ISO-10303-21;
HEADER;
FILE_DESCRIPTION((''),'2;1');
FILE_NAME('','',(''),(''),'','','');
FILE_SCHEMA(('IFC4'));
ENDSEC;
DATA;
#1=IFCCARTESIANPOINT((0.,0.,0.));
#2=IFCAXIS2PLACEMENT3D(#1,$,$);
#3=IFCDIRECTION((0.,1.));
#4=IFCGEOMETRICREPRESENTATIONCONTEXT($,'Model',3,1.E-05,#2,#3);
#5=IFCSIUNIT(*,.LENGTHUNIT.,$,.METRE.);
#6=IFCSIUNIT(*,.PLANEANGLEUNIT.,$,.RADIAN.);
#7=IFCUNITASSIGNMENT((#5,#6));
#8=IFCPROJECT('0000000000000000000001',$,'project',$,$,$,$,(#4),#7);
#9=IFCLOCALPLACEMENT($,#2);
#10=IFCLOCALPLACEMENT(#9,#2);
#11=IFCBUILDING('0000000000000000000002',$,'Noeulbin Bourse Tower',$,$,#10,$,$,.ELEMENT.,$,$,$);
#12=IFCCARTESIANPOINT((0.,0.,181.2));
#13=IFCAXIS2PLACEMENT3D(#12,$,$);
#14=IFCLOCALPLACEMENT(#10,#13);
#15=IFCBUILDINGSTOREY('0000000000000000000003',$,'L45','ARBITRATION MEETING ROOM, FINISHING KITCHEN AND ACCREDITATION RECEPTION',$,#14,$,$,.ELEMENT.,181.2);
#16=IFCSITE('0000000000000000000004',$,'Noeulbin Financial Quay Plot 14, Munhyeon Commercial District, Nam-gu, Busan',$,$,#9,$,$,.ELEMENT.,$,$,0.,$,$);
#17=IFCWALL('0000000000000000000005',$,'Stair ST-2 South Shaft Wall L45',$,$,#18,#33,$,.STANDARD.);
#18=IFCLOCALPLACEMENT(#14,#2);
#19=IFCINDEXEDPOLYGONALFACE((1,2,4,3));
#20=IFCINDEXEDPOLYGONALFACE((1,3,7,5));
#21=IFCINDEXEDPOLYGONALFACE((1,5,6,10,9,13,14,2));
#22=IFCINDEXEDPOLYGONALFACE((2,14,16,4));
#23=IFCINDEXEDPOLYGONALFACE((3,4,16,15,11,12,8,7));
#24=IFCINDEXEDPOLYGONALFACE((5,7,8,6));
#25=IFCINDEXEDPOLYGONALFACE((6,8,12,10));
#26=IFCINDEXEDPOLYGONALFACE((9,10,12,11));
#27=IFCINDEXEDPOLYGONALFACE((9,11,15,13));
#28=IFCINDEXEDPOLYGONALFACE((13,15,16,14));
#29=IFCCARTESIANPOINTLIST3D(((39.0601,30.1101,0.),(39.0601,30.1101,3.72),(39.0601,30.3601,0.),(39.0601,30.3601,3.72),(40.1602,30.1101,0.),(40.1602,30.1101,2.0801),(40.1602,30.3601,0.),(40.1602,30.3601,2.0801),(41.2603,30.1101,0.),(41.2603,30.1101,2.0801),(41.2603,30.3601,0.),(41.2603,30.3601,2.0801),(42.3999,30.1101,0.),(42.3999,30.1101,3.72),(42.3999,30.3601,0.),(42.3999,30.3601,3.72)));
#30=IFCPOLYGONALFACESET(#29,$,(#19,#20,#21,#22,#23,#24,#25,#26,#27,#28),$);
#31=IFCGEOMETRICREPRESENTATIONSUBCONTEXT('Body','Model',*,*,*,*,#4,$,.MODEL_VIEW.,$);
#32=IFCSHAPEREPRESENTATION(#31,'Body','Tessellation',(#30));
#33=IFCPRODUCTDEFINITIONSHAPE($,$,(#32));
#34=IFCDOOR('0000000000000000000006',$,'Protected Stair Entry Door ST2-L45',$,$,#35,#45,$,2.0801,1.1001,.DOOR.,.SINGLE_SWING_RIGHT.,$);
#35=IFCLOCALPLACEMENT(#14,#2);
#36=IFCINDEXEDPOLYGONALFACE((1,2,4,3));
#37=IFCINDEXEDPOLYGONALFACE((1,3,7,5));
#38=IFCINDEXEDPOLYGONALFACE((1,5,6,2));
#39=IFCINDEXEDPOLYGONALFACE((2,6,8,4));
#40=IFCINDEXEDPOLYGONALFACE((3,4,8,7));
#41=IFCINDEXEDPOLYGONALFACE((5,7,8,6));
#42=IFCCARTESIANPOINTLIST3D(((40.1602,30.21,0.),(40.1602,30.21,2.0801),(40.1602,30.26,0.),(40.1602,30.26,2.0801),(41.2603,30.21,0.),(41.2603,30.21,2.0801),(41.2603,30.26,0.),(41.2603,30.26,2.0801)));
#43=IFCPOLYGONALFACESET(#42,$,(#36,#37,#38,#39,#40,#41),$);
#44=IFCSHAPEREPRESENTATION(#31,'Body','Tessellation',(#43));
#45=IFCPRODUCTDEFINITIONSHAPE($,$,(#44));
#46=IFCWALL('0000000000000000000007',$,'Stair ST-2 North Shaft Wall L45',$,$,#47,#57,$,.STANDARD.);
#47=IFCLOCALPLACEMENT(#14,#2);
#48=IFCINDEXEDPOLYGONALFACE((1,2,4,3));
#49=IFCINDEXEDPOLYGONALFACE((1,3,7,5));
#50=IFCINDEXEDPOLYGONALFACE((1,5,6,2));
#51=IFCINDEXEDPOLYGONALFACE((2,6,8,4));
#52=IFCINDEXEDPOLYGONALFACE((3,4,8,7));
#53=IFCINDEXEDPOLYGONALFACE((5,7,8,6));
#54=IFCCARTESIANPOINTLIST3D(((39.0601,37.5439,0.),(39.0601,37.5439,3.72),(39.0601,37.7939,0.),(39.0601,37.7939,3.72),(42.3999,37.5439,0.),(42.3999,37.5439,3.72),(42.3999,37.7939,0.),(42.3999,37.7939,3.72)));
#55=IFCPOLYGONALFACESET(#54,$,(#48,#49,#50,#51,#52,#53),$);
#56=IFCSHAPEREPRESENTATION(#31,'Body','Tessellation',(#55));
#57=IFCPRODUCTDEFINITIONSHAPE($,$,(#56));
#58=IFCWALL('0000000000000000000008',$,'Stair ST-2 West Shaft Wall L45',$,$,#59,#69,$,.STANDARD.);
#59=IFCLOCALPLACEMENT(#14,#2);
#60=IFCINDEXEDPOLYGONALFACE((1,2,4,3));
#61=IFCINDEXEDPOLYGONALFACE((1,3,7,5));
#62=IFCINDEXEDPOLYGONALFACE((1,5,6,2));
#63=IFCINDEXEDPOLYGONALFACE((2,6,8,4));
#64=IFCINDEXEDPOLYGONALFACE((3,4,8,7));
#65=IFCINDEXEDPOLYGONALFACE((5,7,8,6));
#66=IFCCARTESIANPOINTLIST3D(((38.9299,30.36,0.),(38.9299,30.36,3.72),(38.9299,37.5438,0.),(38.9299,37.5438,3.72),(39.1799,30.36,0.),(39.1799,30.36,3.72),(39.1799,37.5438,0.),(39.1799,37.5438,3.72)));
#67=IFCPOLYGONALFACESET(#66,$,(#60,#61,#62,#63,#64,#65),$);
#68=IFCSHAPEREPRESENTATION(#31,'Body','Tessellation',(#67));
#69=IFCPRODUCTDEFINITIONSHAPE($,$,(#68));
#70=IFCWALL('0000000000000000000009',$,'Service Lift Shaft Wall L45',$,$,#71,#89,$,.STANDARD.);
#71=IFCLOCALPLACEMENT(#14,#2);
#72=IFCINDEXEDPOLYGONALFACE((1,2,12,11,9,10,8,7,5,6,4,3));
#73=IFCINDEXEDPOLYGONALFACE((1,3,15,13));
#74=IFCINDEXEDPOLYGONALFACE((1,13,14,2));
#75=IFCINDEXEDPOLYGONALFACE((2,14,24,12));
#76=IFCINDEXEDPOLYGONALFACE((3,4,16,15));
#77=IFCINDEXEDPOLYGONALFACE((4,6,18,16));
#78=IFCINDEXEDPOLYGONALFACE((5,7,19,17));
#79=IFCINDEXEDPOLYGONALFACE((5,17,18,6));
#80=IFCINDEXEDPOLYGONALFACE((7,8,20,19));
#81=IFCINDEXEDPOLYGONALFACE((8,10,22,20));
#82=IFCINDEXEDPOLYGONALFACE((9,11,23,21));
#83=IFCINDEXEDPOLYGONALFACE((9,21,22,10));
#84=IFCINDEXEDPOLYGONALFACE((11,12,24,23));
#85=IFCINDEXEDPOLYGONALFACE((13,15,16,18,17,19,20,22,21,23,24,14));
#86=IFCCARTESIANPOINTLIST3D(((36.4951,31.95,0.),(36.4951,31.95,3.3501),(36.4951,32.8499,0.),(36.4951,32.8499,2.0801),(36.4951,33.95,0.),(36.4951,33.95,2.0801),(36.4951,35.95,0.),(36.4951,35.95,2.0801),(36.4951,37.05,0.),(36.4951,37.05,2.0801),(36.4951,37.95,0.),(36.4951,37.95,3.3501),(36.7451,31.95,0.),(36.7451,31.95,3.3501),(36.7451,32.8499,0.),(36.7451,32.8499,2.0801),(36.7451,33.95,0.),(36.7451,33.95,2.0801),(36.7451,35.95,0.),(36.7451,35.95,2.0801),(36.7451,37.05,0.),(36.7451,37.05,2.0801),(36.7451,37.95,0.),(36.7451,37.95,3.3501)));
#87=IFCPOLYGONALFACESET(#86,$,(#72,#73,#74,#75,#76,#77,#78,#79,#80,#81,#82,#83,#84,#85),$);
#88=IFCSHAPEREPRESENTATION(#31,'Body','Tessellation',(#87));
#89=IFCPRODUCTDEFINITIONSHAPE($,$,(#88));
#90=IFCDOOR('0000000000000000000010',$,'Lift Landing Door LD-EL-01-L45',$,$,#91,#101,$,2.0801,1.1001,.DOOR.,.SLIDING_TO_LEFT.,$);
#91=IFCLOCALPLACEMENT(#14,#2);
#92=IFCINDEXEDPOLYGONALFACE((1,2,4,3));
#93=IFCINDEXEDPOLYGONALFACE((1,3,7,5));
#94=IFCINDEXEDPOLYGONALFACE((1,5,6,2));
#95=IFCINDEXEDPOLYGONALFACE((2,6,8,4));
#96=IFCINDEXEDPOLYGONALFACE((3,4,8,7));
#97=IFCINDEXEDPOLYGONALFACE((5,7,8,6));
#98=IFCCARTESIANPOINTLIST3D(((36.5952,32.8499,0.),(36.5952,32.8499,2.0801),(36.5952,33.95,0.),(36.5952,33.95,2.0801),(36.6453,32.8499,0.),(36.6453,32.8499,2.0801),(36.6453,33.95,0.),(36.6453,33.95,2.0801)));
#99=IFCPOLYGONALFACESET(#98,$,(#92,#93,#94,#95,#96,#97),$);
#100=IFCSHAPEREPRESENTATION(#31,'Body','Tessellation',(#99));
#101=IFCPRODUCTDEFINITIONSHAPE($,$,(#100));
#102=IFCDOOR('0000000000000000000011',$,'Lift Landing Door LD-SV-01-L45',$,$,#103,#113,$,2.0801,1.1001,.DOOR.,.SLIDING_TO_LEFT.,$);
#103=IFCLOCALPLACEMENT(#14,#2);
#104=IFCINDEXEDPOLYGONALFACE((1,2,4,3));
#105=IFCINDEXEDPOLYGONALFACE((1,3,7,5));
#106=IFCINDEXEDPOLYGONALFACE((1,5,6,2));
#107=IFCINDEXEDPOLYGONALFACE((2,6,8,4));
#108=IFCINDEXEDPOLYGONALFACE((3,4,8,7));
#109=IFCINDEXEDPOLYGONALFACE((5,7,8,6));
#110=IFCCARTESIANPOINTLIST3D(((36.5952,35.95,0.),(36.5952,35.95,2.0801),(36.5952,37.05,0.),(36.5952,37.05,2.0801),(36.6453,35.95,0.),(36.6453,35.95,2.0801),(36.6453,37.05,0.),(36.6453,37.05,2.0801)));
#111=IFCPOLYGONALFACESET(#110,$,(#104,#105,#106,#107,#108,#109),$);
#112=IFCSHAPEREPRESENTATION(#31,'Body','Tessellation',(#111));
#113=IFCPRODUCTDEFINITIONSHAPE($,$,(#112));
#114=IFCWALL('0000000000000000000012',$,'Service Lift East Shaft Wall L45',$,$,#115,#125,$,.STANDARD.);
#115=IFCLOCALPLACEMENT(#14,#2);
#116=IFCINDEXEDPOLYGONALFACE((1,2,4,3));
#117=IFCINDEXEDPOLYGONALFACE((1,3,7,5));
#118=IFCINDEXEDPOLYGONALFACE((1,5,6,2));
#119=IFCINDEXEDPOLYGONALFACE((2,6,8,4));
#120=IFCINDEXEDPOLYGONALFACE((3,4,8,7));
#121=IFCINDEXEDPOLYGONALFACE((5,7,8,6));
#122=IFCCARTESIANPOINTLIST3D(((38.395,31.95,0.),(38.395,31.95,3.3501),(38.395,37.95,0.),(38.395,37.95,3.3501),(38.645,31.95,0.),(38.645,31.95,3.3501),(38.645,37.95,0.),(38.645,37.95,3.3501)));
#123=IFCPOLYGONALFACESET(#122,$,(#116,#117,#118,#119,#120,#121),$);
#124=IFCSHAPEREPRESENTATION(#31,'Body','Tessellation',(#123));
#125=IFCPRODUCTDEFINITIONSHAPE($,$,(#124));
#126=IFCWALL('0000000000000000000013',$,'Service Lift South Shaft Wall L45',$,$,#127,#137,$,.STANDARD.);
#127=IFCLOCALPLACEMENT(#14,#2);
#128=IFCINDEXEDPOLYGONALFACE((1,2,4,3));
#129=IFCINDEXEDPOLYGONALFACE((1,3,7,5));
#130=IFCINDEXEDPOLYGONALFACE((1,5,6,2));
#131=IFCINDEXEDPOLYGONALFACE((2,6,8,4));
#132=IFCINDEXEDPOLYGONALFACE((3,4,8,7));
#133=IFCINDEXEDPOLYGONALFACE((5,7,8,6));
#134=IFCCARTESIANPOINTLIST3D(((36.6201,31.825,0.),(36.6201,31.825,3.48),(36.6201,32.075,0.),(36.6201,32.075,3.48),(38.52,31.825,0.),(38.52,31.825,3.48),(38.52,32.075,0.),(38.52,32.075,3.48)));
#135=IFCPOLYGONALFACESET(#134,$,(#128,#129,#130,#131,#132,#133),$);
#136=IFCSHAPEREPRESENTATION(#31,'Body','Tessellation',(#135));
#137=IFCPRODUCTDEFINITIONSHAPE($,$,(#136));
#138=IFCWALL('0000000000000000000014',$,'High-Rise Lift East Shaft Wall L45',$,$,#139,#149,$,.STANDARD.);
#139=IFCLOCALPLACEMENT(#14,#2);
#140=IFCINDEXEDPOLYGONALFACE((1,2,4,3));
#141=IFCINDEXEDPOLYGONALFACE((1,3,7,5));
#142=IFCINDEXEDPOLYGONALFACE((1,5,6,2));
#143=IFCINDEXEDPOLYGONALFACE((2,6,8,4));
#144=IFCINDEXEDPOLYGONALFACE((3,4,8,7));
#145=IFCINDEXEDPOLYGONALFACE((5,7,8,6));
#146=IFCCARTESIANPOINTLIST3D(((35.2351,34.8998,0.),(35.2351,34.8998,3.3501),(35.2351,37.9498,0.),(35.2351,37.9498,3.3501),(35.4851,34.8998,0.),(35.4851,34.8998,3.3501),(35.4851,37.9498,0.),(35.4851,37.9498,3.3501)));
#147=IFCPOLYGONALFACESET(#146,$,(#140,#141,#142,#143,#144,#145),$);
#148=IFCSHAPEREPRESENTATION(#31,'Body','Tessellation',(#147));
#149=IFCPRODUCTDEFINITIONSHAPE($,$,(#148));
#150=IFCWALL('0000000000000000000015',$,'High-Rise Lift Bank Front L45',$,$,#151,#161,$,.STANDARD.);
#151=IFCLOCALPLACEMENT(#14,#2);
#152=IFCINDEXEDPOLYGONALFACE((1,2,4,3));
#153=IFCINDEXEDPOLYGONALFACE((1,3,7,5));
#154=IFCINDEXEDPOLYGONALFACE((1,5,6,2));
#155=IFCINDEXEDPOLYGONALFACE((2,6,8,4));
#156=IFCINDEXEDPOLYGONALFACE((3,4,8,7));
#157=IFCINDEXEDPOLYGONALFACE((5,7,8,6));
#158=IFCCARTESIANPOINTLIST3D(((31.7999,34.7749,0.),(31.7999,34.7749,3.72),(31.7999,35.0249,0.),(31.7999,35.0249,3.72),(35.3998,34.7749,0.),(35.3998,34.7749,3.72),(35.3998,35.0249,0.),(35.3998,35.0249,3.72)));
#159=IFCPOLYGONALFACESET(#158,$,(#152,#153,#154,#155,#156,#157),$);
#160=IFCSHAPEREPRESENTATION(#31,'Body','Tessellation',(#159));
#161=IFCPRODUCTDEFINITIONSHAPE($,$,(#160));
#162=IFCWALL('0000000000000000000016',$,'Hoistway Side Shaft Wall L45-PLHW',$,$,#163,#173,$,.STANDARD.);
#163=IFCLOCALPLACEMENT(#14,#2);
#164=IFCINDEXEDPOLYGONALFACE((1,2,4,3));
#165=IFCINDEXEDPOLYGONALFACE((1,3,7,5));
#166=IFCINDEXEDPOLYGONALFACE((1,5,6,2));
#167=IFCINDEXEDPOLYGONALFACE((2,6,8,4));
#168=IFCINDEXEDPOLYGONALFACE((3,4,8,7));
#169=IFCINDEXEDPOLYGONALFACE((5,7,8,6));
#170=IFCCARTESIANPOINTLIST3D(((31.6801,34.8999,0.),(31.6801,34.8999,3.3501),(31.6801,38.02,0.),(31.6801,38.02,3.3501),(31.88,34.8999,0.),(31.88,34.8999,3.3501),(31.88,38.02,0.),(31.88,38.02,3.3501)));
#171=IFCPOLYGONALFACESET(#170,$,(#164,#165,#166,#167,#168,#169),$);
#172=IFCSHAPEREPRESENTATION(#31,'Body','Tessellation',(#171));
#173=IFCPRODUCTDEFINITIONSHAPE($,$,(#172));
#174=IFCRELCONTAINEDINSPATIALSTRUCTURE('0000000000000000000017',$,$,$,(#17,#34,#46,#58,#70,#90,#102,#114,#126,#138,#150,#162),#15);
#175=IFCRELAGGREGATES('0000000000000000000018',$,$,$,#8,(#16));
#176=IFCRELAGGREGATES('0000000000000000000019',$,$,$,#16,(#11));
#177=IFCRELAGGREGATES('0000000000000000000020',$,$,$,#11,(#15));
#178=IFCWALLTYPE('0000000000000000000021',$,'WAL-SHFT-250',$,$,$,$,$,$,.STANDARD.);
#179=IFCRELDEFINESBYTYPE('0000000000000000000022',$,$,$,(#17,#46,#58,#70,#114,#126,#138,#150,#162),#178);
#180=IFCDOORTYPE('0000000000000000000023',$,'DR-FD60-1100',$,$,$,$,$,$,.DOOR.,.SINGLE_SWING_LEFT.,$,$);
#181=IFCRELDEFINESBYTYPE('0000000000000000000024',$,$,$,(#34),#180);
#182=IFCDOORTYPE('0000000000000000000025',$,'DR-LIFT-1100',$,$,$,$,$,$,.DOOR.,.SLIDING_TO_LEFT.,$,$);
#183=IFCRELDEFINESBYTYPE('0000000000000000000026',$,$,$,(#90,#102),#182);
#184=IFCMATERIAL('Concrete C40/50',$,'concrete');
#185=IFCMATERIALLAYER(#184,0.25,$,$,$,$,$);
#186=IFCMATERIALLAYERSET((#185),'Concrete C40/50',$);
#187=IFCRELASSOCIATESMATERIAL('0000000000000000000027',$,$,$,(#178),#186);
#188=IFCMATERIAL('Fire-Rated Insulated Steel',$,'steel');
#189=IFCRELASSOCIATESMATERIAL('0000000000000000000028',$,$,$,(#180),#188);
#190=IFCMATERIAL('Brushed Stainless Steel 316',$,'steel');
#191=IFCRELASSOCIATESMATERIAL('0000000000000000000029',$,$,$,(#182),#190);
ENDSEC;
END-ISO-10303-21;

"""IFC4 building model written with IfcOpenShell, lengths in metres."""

from ifc_helpers import new_model, si_unit, direction, frame, frame_2d, origin, place, context, subcontext, project, spatial, rectangle, extrude, material, layer, layer_set, type_object, element, fill, save


model = new_model("IFC4")

# Units and contexts
model_context = context("Model", 3, precision=1e-05, world=origin(), true_north=direction((0.0, 1.0)))
body_context = subcontext(model_context, "Body", "Model", "MODEL_VIEW")
ifc_project = project(units=[si_unit("LENGTHUNIT", "METRE"), si_unit("PLANEANGLEUNIT", "RADIAN")], contexts=[model_context])

# Site, building, storey
site_placement = place(None, origin())
site = spatial("IfcSite", under=ifc_project, at=site_placement, Name="Noeulbin Financial Quay Plot 14, Munhyeon Commercial District, Nam-gu, Busan", CompositionType="ELEMENT", RefElevation=0.0)
building_placement = place(site_placement, origin())
building = spatial("IfcBuilding", under=site, at=building_placement, Name="Noeulbin Bourse Tower", CompositionType="ELEMENT")
storey_placement = place(building_placement, frame((0.0, 0.0, 181.2)))
storey = spatial("IfcBuildingStorey", under=building, at=storey_placement, Name="L45", Description="ARBITRATION MEETING ROOM, FINISHING KITCHEN AND ACCREDITATION RECEPTION", CompositionType="ELEMENT", Elevation=181.2)

# Shared definitions
ifc_material_1 = material(Name="Concrete C40/50", Category="concrete")

# Wall, opening, door
ifc_layer_1 = layer(ifc_material_1, 0.25)
ifc_layer_set_1 = layer_set([ifc_layer_1], Name="Concrete C40/50")
wall_type_1 = type_object("IfcWallType", Name="WAL-SHFT-250", PredefinedType="STANDARD", material=ifc_layer_set_1)
wall_1_placement = place(storey_placement, frame((39.0601, 30.2351, 0.0), z_axis=(0.0, 0.0, 1.0), x_axis=(1.0, 0.0, 0.0)))
wall_1 = element("IfcWall", 1, at=wall_1_placement, inside=storey, type_object=wall_type_1, Name="Stair ST-2 South Shaft Wall L45", PredefinedType="STANDARD", context=body_context, shape_type="SweptSolid", body=[
    extrude(rectangle(XDim=3.3398, YDim=0.25, at=frame_2d((1.6699, 0.0))), origin(), (0.0, 0.0, 1.0), 3.72),
])
opening_1_placement = place(wall_1_placement, frame((1.1001, 0.0, 0.0)))
opening_1 = element("IfcOpeningElement", 2, at=opening_1_placement, cuts=wall_1, PredefinedType="OPENING", context=body_context, shape_type="SweptSolid", body=[
    extrude(rectangle(XDim=1.1001, YDim=2.0801, at=frame_2d((0.55, 1.04))), frame((0.0, 0.135, 0.0), z_axis=(0.0, -1.0, 0.0), x_axis=(1.0, 0.0, 0.0)), (0.0, 0.0, 1.0), 0.27),
])
ifc_material_2 = material(Name="Fire-Rated Insulated Steel", Category="steel")
door_type_1 = type_object("IfcDoorType", Name="DR-FD60-1100", OperationType="SINGLE_SWING_LEFT", PredefinedType="DOOR", material=ifc_material_2)
door_1_placement = place(opening_1_placement, origin())
door_1 = element("IfcDoor", 3, at=door_1_placement, inside=storey, type_object=door_type_1, Name="Protected Stair Entry Door ST2-L45", OperationType="SINGLE_SWING_RIGHT", OverallHeight=2.0801, OverallWidth=1.1001, PredefinedType="DOOR", context=body_context, shape_type="SweptSolid", body=[
    extrude(rectangle(XDim=1.1001, YDim=2.0801, at=frame_2d((0.55, 1.04))), frame((0.0, 0.0249, 0.0), z_axis=(0.0, -1.0, 0.0), x_axis=(1.0, 0.0, 0.0)), (0.0, 0.0, 1.0), 0.05),
])
fill(opening_1, door_1)

# Walls
wall_2_placement = place(storey_placement, frame((39.0601, 37.6689, 0.0), z_axis=(0.0, 0.0, 1.0), x_axis=(1.0, 0.0, 0.0)))
element("IfcWall", 4, at=wall_2_placement, inside=storey, type_object=wall_type_1, Name="Stair ST-2 North Shaft Wall L45", PredefinedType="STANDARD", context=body_context, shape_type="SweptSolid", body=[
    extrude(rectangle(XDim=3.3398, YDim=0.25, at=frame_2d((1.6699, 0.0))), origin(), (0.0, 0.0, 1.0), 3.72),
])
wall_3_placement = place(storey_placement, frame((39.0549, 30.3601, 0.0), z_axis=(0.0, 0.0, 1.0), x_axis=(0.0, 1.0, 0.0)))
element("IfcWall", 5, at=wall_3_placement, inside=storey, type_object=wall_type_1, Name="Stair ST-2 West Shaft Wall L45", PredefinedType="STANDARD", context=body_context, shape_type="SweptSolid", body=[
    extrude(rectangle(XDim=7.1838, YDim=0.25, at=frame_2d((3.5918, 0.0))), origin(), (0.0, 0.0, 1.0), 3.72),
])

# Wall, openings, doors
wall_4_placement = place(storey_placement, frame((36.6201, 31.95, 0.0), z_axis=(0.0, 0.0, 1.0), x_axis=(0.0, 1.0, 0.0)))
wall_4 = element("IfcWall", 6, at=wall_4_placement, inside=storey, type_object=wall_type_1, Name="Service Lift Shaft Wall L45", PredefinedType="STANDARD", context=body_context, shape_type="SweptSolid", body=[
    extrude(rectangle(XDim=6.0, YDim=0.25, at=frame_2d((3.0, 0.0))), origin(), (0.0, 0.0, 1.0), 3.3501),
])
opening_2_placement = place(wall_4_placement, frame((0.8999, 0.0, 0.0)))
opening_2 = element("IfcOpeningElement", 7, at=opening_2_placement, cuts=wall_4, PredefinedType="OPENING", context=body_context, shape_type="SweptSolid", body=[
    extrude(rectangle(XDim=1.1001, YDim=2.0801, at=frame_2d((0.55, 1.04))), frame((0.0, 0.135, 0.0), z_axis=(0.0, -1.0, 0.0), x_axis=(1.0, 0.0, 0.0)), (0.0, 0.0, 1.0), 0.27),
])
opening_3_placement = place(wall_4_placement, frame((4.0, 0.0, 0.0)))
opening_3 = element("IfcOpeningElement", 8, at=opening_3_placement, cuts=wall_4, PredefinedType="OPENING", context=body_context, shape_type="SweptSolid", body=[
    extrude(rectangle(XDim=1.1001, YDim=2.0801, at=frame_2d((0.55, 1.04))), frame((0.0, 0.135, 0.0), z_axis=(0.0, -1.0, 0.0), x_axis=(1.0, 0.0, 0.0)), (0.0, 0.0, 1.0), 0.27),
])
ifc_material_3 = material(Name="Brushed Stainless Steel 316", Category="steel")
door_type_2 = type_object("IfcDoorType", Name="DR-LIFT-1100", OperationType="SLIDING_TO_LEFT", PredefinedType="DOOR", material=ifc_material_3)
door_2_placement = place(opening_2_placement, origin())
door_2 = element("IfcDoor", 9, at=door_2_placement, inside=storey, type_object=door_type_2, Name="Lift Landing Door LD-EL-01-L45", OperationType="SLIDING_TO_LEFT", OverallHeight=2.0801, OverallWidth=1.1001, PredefinedType="DOOR", context=body_context, shape_type="SweptSolid", body=[
    extrude(rectangle(XDim=1.1001, YDim=2.0801, at=frame_2d((0.55, 1.04))), frame((0.0, 0.0249, 0.0), z_axis=(0.0, -1.0, 0.0), x_axis=(1.0, 0.0, 0.0)), (0.0, 0.0, 1.0), 0.05),
])
fill(opening_2, door_2)
door_3_placement = place(opening_3_placement, origin())
door_3 = element("IfcDoor", 10, at=door_3_placement, inside=storey, type_object=door_type_2, Name="Lift Landing Door LD-SV-01-L45", OperationType="SLIDING_TO_LEFT", OverallHeight=2.0801, OverallWidth=1.1001, PredefinedType="DOOR", context=body_context, shape_type="SweptSolid", body=[
    extrude(rectangle(XDim=1.1001, YDim=2.0801, at=frame_2d((0.55, 1.04))), frame((0.0, 0.0249, 0.0), z_axis=(0.0, -1.0, 0.0), x_axis=(1.0, 0.0, 0.0)), (0.0, 0.0, 1.0), 0.05),
])
fill(opening_3, door_3)

# Walls
wall_5_placement = place(storey_placement, frame((38.52, 31.95, 0.0), z_axis=(0.0, 0.0, 1.0), x_axis=(0.0, 1.0, 0.0)))
element("IfcWall", 11, at=wall_5_placement, inside=storey, type_object=wall_type_1, Name="Service Lift East Shaft Wall L45", PredefinedType="STANDARD", context=body_context, shape_type="SweptSolid", body=[
    extrude(rectangle(XDim=6.0, YDim=0.25, at=frame_2d((3.0, 0.0))), origin(), (0.0, 0.0, 1.0), 3.3501),
])
wall_6_placement = place(storey_placement, frame((36.6201, 31.95, 0.0), z_axis=(0.0, 0.0, 1.0), x_axis=(1.0, 0.0, 0.0)))
element("IfcWall", 12, at=wall_6_placement, inside=storey, type_object=wall_type_1, Name="Service Lift South Shaft Wall L45", PredefinedType="STANDARD", context=body_context, shape_type="SweptSolid", body=[
    extrude(rectangle(XDim=1.8999, YDim=0.25, at=frame_2d((0.95, 0.0))), origin(), (0.0, 0.0, 1.0), 3.48),
])
wall_7_placement = place(storey_placement, frame((35.3601, 34.8999, 0.0), z_axis=(0.0, 0.0, 1.0), x_axis=(0.0, 1.0, 0.0)))
element("IfcWall", 13, at=wall_7_placement, inside=storey, type_object=wall_type_1, Name="High-Rise Lift East Shaft Wall L45", PredefinedType="STANDARD", context=body_context, shape_type="SweptSolid", body=[
    extrude(rectangle(XDim=3.05, YDim=0.25, at=frame_2d((1.5249, 0.0))), origin(), (0.0, 0.0, 1.0), 3.3501),
])
wall_8_placement = place(storey_placement, frame((31.8, 34.8999, 0.0), z_axis=(0.0, 0.0, 1.0), x_axis=(1.0, 0.0, 0.0)))
element("IfcWall", 14, at=wall_8_placement, inside=storey, type_object=wall_type_1, Name="High-Rise Lift Bank Front L45", PredefinedType="STANDARD", context=body_context, shape_type="SweptSolid", body=[
    extrude(rectangle(XDim=3.5999, YDim=0.25, at=frame_2d((1.7998, 0.0))), origin(), (0.0, 0.0, 1.0), 3.72),
])
wall_9_placement = place(storey_placement, frame((31.78, 34.8999, 0.0), z_axis=(0.0, 0.0, 1.0), x_axis=(0.0, 1.0, 0.0)))
element("IfcWall", 15, at=wall_9_placement, inside=storey, type_object=wall_type_1, Name="Hoistway Side Shaft Wall L45-PLHW", PredefinedType="STANDARD", context=body_context, shape_type="SweptSolid", body=[
    extrude(rectangle(XDim=3.1201, YDim=0.2, at=frame_2d((1.5601, 0.0))), origin(), (0.0, 0.0, 1.0), 3.3501),
])

save(model, "model.ifc")
